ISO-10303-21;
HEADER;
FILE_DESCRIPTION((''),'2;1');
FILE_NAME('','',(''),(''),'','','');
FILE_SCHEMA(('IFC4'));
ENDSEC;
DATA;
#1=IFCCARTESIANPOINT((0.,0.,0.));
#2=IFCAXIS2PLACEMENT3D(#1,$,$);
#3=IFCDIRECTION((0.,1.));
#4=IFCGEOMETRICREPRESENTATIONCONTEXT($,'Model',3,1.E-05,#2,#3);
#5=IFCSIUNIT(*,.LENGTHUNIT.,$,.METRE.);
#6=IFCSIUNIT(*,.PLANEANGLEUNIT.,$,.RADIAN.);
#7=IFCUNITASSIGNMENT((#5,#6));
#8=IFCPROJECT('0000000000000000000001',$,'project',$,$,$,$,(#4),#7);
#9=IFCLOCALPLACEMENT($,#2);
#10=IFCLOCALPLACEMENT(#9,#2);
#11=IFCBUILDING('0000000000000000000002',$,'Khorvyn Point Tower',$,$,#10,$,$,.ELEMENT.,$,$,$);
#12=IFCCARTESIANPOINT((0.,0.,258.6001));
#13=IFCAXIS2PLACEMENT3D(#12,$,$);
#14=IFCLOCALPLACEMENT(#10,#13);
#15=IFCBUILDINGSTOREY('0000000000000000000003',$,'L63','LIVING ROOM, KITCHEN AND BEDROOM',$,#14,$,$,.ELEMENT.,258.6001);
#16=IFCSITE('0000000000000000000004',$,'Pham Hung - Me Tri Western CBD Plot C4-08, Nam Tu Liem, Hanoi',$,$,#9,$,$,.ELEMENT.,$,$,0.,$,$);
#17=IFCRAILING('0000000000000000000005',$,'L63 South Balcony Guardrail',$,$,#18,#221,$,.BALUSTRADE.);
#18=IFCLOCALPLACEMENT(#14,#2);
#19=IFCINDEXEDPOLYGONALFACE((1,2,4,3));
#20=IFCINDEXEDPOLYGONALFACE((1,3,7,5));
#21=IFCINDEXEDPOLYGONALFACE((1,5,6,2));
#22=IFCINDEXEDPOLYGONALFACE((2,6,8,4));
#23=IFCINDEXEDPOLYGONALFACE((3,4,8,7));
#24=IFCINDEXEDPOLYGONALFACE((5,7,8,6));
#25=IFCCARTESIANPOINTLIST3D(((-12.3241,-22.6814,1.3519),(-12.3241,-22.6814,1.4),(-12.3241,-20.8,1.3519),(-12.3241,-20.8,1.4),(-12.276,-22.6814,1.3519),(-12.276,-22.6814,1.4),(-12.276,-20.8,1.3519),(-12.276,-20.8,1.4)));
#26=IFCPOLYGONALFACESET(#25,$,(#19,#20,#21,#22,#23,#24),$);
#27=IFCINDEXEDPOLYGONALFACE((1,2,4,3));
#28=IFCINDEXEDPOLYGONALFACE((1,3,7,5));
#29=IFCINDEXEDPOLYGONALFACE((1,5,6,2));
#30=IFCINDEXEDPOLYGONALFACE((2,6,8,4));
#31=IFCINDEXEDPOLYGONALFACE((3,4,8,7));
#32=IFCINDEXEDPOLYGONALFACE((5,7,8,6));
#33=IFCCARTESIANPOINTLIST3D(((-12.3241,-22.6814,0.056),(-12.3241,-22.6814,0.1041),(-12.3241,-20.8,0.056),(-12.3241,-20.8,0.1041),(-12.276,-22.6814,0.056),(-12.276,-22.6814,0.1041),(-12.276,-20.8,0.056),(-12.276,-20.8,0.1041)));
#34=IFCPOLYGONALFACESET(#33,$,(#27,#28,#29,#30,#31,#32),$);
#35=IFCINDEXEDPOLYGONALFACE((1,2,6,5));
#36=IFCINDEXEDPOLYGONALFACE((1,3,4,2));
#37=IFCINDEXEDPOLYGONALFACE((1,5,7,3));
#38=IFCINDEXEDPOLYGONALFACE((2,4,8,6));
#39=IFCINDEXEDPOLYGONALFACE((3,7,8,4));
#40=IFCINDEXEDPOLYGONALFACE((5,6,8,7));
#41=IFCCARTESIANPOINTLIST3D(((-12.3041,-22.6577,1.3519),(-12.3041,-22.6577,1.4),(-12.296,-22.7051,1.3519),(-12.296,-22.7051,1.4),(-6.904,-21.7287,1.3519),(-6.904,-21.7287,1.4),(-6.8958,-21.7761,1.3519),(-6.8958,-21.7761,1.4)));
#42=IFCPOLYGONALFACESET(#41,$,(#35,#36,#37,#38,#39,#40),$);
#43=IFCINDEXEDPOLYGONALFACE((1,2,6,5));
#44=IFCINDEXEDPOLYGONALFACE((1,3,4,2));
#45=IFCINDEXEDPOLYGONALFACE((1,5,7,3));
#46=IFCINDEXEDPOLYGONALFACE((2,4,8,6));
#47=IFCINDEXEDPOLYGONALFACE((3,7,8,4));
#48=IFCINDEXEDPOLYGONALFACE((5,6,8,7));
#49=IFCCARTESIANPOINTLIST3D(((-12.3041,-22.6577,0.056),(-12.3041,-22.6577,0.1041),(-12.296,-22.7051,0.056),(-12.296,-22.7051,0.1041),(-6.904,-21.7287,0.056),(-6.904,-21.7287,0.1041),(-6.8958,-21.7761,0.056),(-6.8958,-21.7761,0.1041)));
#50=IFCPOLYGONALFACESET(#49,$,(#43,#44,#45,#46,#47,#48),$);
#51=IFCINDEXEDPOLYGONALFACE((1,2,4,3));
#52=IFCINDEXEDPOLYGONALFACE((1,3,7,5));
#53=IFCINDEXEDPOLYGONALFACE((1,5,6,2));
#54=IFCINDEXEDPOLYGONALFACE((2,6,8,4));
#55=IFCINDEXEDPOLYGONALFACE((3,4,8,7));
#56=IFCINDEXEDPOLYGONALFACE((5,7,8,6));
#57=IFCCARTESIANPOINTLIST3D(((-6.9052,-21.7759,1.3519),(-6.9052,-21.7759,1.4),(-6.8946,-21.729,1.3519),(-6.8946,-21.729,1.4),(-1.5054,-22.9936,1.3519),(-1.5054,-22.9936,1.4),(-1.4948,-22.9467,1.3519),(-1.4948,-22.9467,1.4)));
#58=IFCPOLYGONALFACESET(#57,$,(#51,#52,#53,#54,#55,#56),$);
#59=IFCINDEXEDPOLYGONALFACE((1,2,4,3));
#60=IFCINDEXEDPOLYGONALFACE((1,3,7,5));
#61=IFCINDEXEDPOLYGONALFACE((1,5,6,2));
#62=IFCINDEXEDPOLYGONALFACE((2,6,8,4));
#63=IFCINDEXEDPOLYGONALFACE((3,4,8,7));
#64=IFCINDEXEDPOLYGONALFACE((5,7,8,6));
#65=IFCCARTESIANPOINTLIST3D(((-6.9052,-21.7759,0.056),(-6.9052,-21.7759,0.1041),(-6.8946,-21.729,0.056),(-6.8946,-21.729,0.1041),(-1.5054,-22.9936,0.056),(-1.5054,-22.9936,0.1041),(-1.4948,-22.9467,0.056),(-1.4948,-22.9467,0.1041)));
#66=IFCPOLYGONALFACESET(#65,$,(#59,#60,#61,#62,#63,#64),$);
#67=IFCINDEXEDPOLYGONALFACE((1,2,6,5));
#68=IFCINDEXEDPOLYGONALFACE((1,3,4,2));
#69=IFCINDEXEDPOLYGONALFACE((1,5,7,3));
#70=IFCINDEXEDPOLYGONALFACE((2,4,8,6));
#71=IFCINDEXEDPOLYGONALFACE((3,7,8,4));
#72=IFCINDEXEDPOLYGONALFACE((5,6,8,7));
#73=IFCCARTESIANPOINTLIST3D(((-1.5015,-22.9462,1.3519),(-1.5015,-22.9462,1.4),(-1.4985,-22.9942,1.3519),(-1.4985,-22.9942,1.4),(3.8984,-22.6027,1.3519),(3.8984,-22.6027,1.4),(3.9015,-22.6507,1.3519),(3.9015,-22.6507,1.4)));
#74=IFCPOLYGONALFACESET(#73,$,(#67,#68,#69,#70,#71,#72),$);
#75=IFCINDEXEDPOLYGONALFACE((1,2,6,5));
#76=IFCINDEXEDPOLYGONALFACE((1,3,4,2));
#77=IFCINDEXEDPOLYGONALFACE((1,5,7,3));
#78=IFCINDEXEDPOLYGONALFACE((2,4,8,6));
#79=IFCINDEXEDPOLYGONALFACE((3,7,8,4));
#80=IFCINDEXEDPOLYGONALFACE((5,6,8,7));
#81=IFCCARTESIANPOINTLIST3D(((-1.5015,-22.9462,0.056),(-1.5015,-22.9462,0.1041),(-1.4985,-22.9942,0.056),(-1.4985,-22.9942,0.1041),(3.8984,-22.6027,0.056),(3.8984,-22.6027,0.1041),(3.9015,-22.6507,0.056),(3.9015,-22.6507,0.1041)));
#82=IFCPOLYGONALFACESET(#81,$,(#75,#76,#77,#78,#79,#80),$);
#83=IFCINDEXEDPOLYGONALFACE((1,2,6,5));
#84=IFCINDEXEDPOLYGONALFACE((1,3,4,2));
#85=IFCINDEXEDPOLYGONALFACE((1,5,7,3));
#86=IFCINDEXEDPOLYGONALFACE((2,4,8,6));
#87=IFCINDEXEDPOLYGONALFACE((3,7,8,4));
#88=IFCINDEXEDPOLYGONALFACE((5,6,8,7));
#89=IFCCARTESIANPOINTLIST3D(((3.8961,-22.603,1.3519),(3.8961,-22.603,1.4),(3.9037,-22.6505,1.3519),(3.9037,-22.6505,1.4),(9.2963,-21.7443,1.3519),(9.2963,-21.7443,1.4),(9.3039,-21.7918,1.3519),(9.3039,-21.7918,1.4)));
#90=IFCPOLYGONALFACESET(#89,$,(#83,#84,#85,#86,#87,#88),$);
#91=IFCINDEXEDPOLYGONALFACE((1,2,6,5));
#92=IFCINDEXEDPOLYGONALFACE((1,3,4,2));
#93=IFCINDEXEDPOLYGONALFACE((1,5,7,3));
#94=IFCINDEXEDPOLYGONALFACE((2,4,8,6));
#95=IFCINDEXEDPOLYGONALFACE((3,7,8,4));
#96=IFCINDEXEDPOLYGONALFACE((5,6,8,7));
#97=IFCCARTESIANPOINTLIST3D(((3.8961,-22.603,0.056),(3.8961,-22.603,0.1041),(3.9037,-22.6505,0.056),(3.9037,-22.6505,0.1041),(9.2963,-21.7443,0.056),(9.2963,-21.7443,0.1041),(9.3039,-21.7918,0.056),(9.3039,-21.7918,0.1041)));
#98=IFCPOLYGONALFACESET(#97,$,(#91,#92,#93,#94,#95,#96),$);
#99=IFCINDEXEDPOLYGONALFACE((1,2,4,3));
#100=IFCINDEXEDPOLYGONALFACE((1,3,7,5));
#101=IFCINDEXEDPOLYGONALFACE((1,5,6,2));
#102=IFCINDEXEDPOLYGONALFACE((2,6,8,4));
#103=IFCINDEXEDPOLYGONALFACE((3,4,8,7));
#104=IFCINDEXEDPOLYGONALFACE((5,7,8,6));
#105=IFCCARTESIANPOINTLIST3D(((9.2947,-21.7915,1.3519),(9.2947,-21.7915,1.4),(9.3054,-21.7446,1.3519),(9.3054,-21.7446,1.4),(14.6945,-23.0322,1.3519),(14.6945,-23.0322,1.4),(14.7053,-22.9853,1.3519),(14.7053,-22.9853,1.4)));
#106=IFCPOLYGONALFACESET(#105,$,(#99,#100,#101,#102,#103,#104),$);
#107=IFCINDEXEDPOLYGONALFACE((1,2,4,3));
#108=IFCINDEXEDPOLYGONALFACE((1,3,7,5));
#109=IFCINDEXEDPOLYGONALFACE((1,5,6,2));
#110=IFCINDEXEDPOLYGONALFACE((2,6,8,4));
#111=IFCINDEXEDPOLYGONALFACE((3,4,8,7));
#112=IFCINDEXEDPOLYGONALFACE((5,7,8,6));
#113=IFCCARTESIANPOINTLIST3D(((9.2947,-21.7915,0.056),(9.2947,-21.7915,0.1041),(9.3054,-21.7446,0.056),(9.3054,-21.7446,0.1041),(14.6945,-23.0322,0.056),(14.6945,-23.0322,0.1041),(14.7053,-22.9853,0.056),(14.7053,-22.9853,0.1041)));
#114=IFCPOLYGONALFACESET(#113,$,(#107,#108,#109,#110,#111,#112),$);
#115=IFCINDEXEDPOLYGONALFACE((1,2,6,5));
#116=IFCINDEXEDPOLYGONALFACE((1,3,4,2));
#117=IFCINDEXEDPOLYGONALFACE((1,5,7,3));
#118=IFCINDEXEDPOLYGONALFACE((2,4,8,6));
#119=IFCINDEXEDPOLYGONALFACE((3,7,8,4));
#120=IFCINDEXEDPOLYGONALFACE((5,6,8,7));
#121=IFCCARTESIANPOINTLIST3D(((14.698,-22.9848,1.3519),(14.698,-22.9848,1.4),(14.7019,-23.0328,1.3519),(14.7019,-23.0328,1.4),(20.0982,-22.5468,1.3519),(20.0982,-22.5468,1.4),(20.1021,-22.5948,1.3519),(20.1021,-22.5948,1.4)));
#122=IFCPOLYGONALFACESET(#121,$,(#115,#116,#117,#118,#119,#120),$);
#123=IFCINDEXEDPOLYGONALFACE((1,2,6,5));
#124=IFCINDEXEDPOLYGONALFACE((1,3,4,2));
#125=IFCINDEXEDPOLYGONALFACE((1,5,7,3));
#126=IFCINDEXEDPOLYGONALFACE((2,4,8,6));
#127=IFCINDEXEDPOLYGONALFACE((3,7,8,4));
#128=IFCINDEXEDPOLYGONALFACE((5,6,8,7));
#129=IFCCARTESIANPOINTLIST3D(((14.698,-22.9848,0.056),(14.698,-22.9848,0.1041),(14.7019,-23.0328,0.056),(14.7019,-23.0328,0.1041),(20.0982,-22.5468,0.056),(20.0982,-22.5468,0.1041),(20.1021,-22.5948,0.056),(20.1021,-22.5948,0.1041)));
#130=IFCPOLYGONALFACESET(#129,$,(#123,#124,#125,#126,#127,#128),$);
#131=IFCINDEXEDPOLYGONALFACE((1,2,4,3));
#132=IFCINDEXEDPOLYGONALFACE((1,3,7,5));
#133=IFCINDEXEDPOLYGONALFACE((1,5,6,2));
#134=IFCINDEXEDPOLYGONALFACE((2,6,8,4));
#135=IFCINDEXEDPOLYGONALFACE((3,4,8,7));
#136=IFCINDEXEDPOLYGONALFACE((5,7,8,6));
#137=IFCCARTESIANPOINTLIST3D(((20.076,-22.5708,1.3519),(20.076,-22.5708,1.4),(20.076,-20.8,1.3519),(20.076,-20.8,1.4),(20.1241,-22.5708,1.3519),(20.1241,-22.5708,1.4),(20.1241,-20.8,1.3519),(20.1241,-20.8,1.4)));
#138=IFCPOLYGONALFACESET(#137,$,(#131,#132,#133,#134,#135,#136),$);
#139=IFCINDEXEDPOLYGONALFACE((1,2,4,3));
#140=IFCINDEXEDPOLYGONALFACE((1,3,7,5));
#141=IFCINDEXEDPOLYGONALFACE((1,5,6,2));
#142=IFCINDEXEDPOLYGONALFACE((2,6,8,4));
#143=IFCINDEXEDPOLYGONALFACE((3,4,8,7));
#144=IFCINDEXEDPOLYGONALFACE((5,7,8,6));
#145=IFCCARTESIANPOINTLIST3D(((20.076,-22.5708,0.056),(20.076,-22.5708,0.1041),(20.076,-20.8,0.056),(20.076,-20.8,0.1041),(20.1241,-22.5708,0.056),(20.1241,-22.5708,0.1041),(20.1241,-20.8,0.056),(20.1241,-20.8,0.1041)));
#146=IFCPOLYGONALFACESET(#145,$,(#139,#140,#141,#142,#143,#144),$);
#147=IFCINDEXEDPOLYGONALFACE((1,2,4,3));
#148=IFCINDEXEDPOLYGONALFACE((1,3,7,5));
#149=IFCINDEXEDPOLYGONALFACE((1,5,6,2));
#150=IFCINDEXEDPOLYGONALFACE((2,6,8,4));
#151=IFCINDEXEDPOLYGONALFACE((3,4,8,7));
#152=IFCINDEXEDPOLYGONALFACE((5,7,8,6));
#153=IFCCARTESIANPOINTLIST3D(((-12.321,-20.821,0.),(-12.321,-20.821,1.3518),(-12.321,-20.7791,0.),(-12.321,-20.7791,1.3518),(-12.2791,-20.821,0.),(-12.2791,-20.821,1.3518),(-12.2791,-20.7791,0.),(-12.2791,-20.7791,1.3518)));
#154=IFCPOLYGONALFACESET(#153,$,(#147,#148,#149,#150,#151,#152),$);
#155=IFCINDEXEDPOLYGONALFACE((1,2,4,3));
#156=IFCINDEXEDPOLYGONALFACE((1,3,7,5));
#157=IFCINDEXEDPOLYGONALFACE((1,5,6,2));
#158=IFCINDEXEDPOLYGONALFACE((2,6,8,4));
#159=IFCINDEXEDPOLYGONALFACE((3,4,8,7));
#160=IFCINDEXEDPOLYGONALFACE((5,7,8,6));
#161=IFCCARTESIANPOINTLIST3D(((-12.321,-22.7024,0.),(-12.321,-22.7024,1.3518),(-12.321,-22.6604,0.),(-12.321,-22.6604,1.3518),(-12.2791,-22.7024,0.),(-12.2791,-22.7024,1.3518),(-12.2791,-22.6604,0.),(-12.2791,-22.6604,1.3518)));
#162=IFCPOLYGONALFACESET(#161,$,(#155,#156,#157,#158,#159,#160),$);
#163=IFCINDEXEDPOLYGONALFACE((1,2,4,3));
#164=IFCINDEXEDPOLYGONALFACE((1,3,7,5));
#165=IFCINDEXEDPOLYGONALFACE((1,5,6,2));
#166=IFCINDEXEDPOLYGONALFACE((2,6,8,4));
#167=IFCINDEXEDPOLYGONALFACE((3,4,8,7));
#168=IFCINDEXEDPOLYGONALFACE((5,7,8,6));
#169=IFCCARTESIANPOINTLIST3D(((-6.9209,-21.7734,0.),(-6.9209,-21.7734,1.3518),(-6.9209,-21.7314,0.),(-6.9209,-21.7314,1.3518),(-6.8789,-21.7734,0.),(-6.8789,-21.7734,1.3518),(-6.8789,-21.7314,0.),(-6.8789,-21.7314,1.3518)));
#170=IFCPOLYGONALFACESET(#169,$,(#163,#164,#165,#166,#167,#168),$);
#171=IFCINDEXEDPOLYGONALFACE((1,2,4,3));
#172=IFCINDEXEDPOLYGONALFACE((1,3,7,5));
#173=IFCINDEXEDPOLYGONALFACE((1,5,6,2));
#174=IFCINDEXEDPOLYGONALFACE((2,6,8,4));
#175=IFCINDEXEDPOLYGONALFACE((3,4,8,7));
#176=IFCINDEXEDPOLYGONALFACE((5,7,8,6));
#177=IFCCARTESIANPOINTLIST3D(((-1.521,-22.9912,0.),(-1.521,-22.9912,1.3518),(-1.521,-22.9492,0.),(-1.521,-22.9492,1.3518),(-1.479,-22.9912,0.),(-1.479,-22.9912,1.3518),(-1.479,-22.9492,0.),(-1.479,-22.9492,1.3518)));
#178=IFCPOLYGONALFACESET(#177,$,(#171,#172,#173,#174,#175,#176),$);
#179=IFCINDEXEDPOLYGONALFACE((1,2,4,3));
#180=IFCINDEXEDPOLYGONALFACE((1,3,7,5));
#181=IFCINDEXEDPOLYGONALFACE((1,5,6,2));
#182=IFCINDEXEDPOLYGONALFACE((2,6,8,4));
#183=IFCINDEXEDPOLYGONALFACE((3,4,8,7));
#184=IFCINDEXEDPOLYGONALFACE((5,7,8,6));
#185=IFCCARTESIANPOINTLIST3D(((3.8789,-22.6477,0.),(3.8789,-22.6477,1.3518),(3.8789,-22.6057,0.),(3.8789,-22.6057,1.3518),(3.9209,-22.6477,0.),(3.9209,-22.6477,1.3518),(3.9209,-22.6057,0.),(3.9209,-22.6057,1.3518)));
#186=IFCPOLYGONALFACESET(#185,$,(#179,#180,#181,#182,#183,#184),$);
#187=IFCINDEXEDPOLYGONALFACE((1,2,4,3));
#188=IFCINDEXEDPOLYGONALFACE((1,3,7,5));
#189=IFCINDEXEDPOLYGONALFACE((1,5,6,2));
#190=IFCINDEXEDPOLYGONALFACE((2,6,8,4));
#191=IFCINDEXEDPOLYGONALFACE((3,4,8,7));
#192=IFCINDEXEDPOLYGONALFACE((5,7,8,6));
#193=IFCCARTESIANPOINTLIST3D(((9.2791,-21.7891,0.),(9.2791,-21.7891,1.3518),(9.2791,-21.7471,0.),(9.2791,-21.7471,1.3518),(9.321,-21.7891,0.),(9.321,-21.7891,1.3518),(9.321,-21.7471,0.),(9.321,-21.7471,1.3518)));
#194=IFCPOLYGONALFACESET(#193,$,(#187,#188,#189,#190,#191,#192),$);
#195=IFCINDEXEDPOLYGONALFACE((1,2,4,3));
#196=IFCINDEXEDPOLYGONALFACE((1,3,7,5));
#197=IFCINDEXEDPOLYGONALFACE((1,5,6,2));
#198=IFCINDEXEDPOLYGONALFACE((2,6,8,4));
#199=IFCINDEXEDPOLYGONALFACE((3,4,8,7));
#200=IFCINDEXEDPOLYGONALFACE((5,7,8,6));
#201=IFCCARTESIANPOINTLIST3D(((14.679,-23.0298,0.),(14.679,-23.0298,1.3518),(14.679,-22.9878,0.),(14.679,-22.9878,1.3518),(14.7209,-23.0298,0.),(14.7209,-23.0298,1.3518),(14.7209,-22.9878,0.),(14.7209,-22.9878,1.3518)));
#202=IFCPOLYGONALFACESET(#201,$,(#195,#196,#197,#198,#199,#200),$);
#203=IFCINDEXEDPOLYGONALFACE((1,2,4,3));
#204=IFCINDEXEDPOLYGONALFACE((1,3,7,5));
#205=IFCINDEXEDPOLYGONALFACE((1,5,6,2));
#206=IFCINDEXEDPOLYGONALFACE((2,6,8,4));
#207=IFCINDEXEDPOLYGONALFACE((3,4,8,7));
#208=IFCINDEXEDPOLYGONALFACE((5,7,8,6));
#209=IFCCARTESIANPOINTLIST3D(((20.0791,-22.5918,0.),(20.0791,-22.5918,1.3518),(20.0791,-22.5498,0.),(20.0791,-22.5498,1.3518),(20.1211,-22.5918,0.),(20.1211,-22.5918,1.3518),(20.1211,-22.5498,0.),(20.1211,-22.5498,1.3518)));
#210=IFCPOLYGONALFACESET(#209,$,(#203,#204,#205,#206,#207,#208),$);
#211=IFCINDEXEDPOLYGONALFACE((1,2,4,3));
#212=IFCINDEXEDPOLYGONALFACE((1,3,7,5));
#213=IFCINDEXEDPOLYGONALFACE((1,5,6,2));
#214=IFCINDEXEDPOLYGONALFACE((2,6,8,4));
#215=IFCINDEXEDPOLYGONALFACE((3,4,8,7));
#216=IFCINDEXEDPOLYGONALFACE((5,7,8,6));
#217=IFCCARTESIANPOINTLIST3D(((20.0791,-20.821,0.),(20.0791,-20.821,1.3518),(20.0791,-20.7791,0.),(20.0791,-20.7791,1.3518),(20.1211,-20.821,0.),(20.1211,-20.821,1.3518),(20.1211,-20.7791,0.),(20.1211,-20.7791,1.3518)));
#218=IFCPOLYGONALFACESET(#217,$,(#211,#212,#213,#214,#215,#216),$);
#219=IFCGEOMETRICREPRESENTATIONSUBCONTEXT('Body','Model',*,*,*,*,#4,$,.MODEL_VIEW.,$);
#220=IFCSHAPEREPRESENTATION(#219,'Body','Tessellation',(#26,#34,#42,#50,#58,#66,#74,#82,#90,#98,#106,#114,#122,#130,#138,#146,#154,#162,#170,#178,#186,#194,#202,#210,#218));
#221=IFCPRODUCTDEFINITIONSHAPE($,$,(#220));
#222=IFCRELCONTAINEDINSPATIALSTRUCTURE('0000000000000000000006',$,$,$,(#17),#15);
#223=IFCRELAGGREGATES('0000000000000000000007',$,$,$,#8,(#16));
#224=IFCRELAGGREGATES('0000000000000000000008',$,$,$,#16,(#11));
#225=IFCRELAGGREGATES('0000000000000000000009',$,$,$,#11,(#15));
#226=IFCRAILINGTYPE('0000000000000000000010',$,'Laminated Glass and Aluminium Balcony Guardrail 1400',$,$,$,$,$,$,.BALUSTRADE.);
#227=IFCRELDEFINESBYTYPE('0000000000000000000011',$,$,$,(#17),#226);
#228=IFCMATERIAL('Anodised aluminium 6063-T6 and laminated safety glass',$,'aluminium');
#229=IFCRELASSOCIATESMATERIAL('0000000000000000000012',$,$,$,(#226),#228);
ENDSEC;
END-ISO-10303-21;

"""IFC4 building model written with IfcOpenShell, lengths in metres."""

from ifc_helpers import new_model, si_unit, direction, frame, origin, origin_2d, place, context, subcontext, project, spatial, rectangle, extrude, material, type_object, element, save


model = new_model("IFC4")

# Units and contexts
model_context = context("Model", 3, precision=1e-05, world=origin(), true_north=direction((0.0, 1.0)))
body_context = subcontext(model_context, "Body", "Model", "MODEL_VIEW")
ifc_project = project(units=[si_unit("LENGTHUNIT", "METRE"), si_unit("PLANEANGLEUNIT", "RADIAN")], contexts=[model_context])

# Site, building, storey
site_placement = place(None, origin())
site = spatial("IfcSite", under=ifc_project, at=site_placement, Name="Pham Hung - Me Tri Western CBD Plot C4-08, Nam Tu Liem, Hanoi", CompositionType="ELEMENT", RefElevation=0.0)
building_placement = place(site_placement, origin())
building = spatial("IfcBuilding", under=site, at=building_placement, Name="Khorvyn Point Tower", CompositionType="ELEMENT")
storey_placement = place(building_placement, frame((0.0, 0.0, 258.6001)))
storey = spatial("IfcBuildingStorey", under=building, at=storey_placement, Name="L63", Description="LIVING ROOM, KITCHEN AND BEDROOM", CompositionType="ELEMENT", Elevation=258.6001)

# Railing
ifc_material_1 = material(Name="Anodised aluminium 6063-T6 and laminated safety glass", Category="aluminium")
railing_type = type_object("IfcRailingType", Name="Laminated Glass and Aluminium Balcony Guardrail 1400", PredefinedType="BALUSTRADE", material=ifc_material_1)
railing_1_placement = place(storey_placement, frame((-12.3, -20.8, 0.0)))
element("IfcRailing", 1, at=railing_1_placement, inside=storey, type_object=railing_type, Name="L63 South Balcony Guardrail", PredefinedType="BALUSTRADE", context=body_context, shape_type="SweptSolid", body=[
    extrude(rectangle(XDim=0.0481, YDim=0.0481, at=origin_2d()), frame((0.0, 0.0, 1.376), z_axis=(0.0, -1.0, 0.0), x_axis=(1.0, 0.0, 0.0)), (0.0, 0.0, 1.0), 1.8813),
    extrude(rectangle(XDim=0.0481, YDim=0.0481, at=origin_2d()), frame((0.0, 0.0, 0.0801), z_axis=(0.0, -1.0, 0.0), x_axis=(1.0, 0.0, 0.0)), (0.0, 0.0, 1.0), 1.8813),
    extrude(rectangle(XDim=0.0481, YDim=0.0481, at=origin_2d()), frame((0.0, -1.8813, 1.376), z_axis=(0.985524, 0.169534, 0.0), x_axis=(-0.169534, 0.985524, 0.0)), (0.0, 0.0, 1.0), 5.4795),
    extrude(rectangle(XDim=0.0481, YDim=0.0481, at=origin_2d()), frame((0.0, -1.8813, 0.0801), z_axis=(0.985524, 0.169534, 0.0), x_axis=(-0.169534, 0.985524, 0.0)), (0.0, 0.0, 1.0), 5.4795),
    extrude(rectangle(XDim=0.0481, YDim=0.0481, at=origin_2d()), frame((5.4001, -0.9524, 1.376), z_axis=(0.975501, -0.219993, 0.0), x_axis=(0.219993, 0.975501, 0.0)), (0.0, 0.0, 1.0), 5.5354),
    extrude(rectangle(XDim=0.0481, YDim=0.0481, at=origin_2d()), frame((5.4001, -0.9524, 0.0801), z_axis=(0.975501, -0.219993, 0.0), x_axis=(0.219993, 0.975501, 0.0)), (0.0, 0.0, 1.0), 5.5354),
    extrude(rectangle(XDim=0.0481, YDim=0.0481, at=origin_2d()), frame((10.8, -2.1702, 1.376), z_axis=(0.997983, 0.063485, 0.0), x_axis=(-0.063485, 0.997983, 0.0)), (0.0, 0.0, 1.0), 5.4109),
    extrude(rectangle(XDim=0.0481, YDim=0.0481, at=origin_2d()), frame((10.8, -2.1702, 0.0801), z_axis=(0.997983, 0.063485, 0.0), x_axis=(-0.063485, 0.997983, 0.0)), (0.0, 0.0, 1.0), 5.4109),
    extrude(rectangle(XDim=0.0481, YDim=0.0481, at=origin_2d()), frame((16.2, -1.8267, 1.376), z_axis=(0.987594, 0.157031, 0.0), x_axis=(-0.157031, 0.987594, 0.0)), (0.0, 0.0, 1.0), 5.468),
    extrude(rectangle(XDim=0.0481, YDim=0.0481, at=origin_2d()), frame((16.2, -1.8267, 0.0801), z_axis=(0.987594, 0.157031, 0.0), x_axis=(-0.157031, 0.987594, 0.0)), (0.0, 0.0, 1.0), 5.468),
    extrude(rectangle(XDim=0.0481, YDim=0.0481, at=origin_2d()), frame((21.6001, -0.968, 1.376), z_axis=(0.974605, -0.223933, 0.0), x_axis=(0.223933, 0.974605, 0.0)), (0.0, 0.0, 1.0), 5.5405),
    extrude(rectangle(XDim=0.0481, YDim=0.0481, at=origin_2d()), frame((21.6001, -0.968, 0.0801), z_axis=(0.974605, -0.223933, 0.0), x_axis=(0.223933, 0.974605, 0.0)), (0.0, 0.0, 1.0), 5.5405),
    extrude(rectangle(XDim=0.0481, YDim=0.0481, at=origin_2d()), frame((27.0, -2.2087, 1.376), z_axis=(0.996727, 0.080841, 0.0), x_axis=(-0.080841, 0.996727, 0.0)), (0.0, 0.0, 1.0), 5.418),
    extrude(rectangle(XDim=0.0481, YDim=0.0481, at=origin_2d()), frame((27.0, -2.2087, 0.0801), z_axis=(0.996727, 0.080841, 0.0), x_axis=(-0.080841, 0.996727, 0.0)), (0.0, 0.0, 1.0), 5.418),
    extrude(rectangle(XDim=0.0481, YDim=0.0481, at=origin_2d()), frame((32.4001, -1.7708, 1.376), z_axis=(0.0, 1.0, 0.0), x_axis=(-1.0, 0.0, 0.0)), (0.0, 0.0, 1.0), 1.7708),
    extrude(rectangle(XDim=0.0481, YDim=0.0481, at=origin_2d()), frame((32.4001, -1.7708, 0.0801), z_axis=(0.0, 1.0, 0.0), x_axis=(-1.0, 0.0, 0.0)), (0.0, 0.0, 1.0), 1.7708),
    extrude(rectangle(XDim=0.042, YDim=0.042, at=origin_2d()), origin(), (0.0, 0.0, 1.0), 1.3518),
    extrude(rectangle(XDim=0.042, YDim=0.042, at=origin_2d()), frame((0.0, -1.8813, 0.0)), (0.0, 0.0, 1.0), 1.3518),
    extrude(rectangle(XDim=0.042, YDim=0.042, at=origin_2d()), frame((5.4001, -0.9524, 0.0)), (0.0, 0.0, 1.0), 1.3518),
    extrude(rectangle(XDim=0.042, YDim=0.042, at=origin_2d()), frame((10.8, -2.1702, 0.0)), (0.0, 0.0, 1.0), 1.3518),
    extrude(rectangle(XDim=0.042, YDim=0.042, at=origin_2d()), frame((16.2, -1.8267, 0.0)), (0.0, 0.0, 1.0), 1.3518),
    extrude(rectangle(XDim=0.042, YDim=0.042, at=origin_2d()), frame((21.6001, -0.968, 0.0)), (0.0, 0.0, 1.0), 1.3518),
    extrude(rectangle(XDim=0.042, YDim=0.042, at=origin_2d()), frame((27.0, -2.2087, 0.0)), (0.0, 0.0, 1.0), 1.3518),
    extrude(rectangle(XDim=0.042, YDim=0.042, at=origin_2d()), frame((32.4001, -1.7708, 0.0)), (0.0, 0.0, 1.0), 1.3518),
    extrude(rectangle(XDim=0.042, YDim=0.042, at=origin_2d()), frame((32.4001, 0.0, 0.0)), (0.0, 0.0, 1.0), 1.3518),
])

save(model, "model.ifc")
